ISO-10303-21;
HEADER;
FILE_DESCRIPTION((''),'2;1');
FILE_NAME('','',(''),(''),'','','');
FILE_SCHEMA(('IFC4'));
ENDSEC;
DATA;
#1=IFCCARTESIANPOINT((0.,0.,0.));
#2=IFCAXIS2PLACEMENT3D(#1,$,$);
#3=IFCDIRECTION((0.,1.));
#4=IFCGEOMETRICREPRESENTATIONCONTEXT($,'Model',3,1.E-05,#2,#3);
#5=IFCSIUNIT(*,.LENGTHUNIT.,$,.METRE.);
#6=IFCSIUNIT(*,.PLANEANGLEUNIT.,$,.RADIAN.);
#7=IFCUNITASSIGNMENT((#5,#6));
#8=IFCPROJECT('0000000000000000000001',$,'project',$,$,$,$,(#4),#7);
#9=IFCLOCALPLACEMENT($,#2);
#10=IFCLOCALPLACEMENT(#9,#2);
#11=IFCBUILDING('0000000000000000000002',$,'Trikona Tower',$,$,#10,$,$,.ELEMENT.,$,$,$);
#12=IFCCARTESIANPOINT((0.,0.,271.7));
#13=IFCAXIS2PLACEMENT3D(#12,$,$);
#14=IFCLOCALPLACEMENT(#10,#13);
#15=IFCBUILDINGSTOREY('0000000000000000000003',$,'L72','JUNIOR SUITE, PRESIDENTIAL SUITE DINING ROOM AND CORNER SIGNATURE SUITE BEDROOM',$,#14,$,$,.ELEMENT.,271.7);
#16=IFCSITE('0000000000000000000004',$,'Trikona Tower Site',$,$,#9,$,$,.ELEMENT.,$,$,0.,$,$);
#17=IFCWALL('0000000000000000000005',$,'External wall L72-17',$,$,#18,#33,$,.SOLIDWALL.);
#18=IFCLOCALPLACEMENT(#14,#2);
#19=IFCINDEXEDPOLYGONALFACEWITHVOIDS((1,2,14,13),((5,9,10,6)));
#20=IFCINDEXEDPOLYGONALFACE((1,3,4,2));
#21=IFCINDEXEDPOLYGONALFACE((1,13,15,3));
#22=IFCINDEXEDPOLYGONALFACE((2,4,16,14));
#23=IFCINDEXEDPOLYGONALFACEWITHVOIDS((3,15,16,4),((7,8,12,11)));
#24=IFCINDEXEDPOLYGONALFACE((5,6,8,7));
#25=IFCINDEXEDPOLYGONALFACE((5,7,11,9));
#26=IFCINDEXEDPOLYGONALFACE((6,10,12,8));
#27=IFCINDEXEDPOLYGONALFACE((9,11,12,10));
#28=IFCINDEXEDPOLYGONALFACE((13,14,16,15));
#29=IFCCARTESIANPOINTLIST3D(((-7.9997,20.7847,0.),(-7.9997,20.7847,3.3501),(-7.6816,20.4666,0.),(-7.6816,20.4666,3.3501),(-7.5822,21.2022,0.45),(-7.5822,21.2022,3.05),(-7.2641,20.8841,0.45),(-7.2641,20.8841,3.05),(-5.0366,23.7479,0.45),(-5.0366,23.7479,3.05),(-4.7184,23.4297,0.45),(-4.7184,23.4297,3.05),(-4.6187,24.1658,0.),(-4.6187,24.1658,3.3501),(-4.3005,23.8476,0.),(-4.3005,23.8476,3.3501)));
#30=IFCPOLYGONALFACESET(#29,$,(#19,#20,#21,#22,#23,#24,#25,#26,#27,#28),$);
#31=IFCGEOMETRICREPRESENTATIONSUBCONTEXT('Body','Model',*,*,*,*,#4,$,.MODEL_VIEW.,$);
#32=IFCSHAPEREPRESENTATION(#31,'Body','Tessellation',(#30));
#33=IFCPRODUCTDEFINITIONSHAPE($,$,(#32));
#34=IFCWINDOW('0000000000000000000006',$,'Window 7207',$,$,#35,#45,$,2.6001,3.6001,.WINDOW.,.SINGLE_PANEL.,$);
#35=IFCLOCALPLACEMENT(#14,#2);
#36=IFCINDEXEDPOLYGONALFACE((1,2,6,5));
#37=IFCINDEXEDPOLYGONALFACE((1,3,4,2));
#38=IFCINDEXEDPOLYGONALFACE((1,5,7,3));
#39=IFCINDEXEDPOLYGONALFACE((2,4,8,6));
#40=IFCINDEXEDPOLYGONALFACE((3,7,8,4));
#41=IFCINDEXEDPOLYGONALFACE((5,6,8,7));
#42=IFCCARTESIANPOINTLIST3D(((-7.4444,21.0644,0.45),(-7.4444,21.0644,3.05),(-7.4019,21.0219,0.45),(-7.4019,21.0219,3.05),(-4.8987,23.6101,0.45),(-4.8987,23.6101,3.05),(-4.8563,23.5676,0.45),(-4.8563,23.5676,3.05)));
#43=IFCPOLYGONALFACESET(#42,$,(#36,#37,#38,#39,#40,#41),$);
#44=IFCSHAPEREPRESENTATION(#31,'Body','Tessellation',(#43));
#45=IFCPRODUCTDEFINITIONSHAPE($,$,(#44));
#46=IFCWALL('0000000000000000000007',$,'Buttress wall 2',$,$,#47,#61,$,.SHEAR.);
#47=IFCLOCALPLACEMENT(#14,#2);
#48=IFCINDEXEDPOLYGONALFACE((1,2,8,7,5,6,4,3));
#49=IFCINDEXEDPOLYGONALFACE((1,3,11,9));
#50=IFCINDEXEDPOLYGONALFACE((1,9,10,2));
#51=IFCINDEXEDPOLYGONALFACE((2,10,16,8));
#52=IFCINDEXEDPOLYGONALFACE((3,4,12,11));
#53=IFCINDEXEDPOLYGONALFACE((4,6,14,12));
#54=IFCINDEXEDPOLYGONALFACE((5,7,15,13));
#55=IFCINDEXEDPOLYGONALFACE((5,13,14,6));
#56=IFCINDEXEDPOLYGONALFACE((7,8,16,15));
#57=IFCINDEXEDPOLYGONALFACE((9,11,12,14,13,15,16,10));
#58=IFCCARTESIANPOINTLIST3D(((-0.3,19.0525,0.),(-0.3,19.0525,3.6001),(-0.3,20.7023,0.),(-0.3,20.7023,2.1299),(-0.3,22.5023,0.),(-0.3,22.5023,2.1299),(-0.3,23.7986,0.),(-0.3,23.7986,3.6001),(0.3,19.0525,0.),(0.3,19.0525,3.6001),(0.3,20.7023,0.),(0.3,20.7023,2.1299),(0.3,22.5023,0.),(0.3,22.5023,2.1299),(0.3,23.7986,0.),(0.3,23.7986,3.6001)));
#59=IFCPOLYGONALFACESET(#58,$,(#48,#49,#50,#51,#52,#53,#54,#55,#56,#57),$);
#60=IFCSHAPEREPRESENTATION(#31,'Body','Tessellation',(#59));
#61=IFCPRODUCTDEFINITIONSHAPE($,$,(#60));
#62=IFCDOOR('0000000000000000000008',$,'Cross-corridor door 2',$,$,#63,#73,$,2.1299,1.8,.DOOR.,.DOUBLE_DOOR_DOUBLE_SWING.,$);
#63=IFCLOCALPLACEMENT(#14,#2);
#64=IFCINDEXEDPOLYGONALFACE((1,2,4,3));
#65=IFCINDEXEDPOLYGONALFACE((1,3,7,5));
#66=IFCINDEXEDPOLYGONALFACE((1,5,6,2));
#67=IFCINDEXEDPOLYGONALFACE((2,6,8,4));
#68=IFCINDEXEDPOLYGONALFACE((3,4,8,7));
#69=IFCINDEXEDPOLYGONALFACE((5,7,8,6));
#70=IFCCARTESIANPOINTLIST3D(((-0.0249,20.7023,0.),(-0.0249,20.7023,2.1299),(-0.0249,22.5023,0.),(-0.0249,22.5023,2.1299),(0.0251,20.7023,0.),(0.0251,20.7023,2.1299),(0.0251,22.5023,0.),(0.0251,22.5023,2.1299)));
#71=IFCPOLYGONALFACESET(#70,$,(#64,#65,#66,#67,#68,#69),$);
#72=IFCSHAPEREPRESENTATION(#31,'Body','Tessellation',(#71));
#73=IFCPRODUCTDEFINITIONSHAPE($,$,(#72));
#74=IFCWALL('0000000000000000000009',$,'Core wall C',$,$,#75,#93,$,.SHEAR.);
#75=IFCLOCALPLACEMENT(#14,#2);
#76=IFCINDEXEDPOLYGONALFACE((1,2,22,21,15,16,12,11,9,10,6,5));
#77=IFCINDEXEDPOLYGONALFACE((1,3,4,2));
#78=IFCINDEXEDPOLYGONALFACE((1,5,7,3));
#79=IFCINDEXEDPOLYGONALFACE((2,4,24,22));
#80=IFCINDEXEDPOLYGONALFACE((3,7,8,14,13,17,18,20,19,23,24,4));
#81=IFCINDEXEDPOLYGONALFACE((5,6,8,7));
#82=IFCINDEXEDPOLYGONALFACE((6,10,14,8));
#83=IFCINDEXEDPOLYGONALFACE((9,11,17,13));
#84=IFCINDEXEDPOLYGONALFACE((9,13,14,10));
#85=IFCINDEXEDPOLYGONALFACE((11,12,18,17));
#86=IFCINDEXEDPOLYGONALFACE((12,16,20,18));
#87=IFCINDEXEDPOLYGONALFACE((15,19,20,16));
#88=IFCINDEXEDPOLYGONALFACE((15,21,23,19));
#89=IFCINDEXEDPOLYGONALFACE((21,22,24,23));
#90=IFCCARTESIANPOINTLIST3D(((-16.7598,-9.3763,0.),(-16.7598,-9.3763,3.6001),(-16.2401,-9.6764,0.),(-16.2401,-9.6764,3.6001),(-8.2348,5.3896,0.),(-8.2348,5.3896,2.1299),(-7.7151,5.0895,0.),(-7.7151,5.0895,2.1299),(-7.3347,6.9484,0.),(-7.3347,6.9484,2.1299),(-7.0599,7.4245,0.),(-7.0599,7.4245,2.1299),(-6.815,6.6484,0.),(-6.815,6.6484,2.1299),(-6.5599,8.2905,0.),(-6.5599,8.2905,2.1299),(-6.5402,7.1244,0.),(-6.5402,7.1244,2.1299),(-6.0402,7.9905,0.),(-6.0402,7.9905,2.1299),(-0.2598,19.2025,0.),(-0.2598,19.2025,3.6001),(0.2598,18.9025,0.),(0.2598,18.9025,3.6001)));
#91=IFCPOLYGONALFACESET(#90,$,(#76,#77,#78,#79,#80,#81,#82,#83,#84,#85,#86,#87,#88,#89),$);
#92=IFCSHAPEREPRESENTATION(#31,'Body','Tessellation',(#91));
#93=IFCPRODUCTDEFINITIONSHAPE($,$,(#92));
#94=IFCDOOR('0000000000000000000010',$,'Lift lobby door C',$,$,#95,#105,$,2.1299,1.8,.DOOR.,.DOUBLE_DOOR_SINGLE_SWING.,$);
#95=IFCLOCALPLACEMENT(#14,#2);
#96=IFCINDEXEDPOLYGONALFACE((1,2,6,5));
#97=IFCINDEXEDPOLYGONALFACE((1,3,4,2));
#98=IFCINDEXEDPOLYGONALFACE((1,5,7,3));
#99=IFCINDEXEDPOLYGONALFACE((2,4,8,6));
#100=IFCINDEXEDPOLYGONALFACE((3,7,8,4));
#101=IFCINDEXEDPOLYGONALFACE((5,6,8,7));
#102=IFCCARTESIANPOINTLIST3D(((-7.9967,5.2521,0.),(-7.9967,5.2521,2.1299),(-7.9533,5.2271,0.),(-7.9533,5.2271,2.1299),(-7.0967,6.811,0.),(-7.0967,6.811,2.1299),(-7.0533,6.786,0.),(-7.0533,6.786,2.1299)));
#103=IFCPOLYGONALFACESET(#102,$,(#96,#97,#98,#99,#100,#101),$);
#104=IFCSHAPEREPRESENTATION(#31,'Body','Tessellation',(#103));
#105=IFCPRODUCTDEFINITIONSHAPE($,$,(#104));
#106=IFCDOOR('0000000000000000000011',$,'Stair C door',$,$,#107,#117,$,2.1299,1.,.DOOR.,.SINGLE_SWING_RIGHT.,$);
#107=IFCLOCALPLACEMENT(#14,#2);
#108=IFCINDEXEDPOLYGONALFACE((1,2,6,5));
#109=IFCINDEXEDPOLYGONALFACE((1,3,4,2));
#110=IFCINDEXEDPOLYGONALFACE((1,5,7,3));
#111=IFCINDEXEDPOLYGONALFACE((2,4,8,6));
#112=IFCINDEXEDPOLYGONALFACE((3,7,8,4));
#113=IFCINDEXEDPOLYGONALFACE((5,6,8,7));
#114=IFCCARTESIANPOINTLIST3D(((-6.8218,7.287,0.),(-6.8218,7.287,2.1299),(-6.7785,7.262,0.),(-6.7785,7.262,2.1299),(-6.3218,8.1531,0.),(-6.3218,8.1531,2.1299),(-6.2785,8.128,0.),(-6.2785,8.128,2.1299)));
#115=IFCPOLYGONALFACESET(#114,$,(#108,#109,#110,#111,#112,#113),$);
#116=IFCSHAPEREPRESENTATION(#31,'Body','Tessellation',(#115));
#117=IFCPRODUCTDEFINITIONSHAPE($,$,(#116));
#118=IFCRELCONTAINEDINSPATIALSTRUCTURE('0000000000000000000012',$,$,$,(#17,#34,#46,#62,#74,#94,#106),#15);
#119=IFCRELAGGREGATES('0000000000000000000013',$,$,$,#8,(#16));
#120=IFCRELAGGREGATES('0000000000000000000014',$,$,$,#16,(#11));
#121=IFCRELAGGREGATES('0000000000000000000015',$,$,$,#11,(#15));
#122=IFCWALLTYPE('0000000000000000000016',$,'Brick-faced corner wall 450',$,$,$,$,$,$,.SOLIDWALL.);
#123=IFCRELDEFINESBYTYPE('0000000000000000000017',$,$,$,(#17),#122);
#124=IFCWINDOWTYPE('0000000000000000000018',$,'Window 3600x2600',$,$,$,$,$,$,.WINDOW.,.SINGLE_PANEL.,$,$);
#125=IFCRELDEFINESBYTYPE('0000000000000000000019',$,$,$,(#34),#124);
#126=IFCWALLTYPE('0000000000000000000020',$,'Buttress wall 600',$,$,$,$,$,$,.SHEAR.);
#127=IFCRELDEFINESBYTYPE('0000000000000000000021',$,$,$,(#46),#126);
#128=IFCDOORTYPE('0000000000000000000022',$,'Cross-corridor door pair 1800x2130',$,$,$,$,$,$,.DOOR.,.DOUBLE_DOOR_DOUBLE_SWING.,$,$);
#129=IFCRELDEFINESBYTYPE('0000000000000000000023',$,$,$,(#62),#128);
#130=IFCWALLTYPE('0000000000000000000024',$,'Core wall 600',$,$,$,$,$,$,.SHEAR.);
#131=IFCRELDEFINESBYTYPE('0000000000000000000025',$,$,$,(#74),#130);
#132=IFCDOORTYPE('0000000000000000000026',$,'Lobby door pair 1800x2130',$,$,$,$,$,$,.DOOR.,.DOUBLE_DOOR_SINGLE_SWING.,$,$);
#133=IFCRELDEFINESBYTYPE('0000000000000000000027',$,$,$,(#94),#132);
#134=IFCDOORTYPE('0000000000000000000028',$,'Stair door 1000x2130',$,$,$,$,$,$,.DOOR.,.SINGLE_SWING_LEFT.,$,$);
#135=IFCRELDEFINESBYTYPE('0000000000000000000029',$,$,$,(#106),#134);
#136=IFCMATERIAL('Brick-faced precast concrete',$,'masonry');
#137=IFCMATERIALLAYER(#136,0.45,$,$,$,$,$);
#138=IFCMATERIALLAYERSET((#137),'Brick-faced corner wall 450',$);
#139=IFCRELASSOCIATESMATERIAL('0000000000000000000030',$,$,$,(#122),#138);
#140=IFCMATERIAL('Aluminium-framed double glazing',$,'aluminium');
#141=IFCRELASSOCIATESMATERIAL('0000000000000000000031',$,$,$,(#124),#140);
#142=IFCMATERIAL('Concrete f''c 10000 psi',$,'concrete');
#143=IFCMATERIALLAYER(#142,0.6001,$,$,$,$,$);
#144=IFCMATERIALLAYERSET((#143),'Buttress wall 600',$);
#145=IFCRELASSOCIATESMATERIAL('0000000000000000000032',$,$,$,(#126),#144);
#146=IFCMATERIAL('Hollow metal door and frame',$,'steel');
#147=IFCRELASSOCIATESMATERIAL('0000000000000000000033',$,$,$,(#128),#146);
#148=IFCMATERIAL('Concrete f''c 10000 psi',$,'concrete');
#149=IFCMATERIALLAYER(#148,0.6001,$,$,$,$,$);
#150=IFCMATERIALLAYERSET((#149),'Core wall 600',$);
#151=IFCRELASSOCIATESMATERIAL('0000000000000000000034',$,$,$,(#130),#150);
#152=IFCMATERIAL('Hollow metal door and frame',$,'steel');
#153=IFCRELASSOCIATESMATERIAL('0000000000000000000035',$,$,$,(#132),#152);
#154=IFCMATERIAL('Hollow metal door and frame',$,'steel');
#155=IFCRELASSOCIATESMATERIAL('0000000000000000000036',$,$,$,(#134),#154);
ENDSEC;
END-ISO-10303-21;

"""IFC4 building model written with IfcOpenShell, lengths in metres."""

from ifc_helpers import new_model, si_unit, direction, frame, frame_2d, origin, place, context, subcontext, project, spatial, rectangle, extrude, material, layer, layer_set, type_object, element, fill, save


model = new_model("IFC4")

# Units and contexts
model_context = context("Model", 3, precision=1e-05, world=origin(), true_north=direction((0.0, 1.0)))
body_context = subcontext(model_context, "Body", "Model", "MODEL_VIEW")
ifc_project = project(units=[si_unit("LENGTHUNIT", "METRE"), si_unit("PLANEANGLEUNIT", "RADIAN")], contexts=[model_context])

# Site, building, storey
site_placement = place(None, origin())
site = spatial("IfcSite", under=ifc_project, at=site_placement, Name="Trikona Tower Site", CompositionType="ELEMENT", RefElevation=0.0)
building_placement = place(site_placement, origin())
building = spatial("IfcBuilding", under=site, at=building_placement, Name="Trikona Tower", CompositionType="ELEMENT")
storey_placement = place(building_placement, frame((0.0, 0.0, 271.7)))
storey = spatial("IfcBuildingStorey", under=building, at=storey_placement, Name="L72", Description="JUNIOR SUITE, PRESIDENTIAL SUITE DINING ROOM AND CORNER SIGNATURE SUITE BEDROOM", CompositionType="ELEMENT", Elevation=271.7)

# Wall, opening, window
ifc_material_1 = material(Name="Brick-faced precast concrete", Category="masonry")
ifc_layer_1 = layer(ifc_material_1, 0.45)
ifc_layer_set_1 = layer_set([ifc_layer_1], Name="Brick-faced corner wall 450")
wall_type_1 = type_object("IfcWallType", Name="Brick-faced corner wall 450", PredefinedType="SOLIDWALL", material=ifc_layer_set_1)
wall_1_placement = place(storey_placement, frame((-4.4597, 24.0066, 0.0), z_axis=(0.0, 0.0, 1.0), x_axis=(-0.707107, -0.707107, 0.0)))
wall_1 = element("IfcWall", 1, at=wall_1_placement, inside=storey, type_object=wall_type_1, Name="External wall L72-17", PredefinedType="SOLIDWALL", context=body_context, shape_type="SweptSolid", body=[
    extrude(rectangle(XDim=4.7815, YDim=0.45, at=frame_2d((2.3906, 0.0))), origin(), (0.0, 0.0, 1.0), 3.3501),
])
opening_1_placement = place(wall_1_placement, frame((0.5908, 0.0, 0.45)))
opening_1 = element("IfcOpeningElement", 2, at=opening_1_placement, cuts=wall_1, PredefinedType="OPENING", context=body_context, shape_type="SweptSolid", body=[
    extrude(rectangle(XDim=3.6001, YDim=2.6001, at=frame_2d((1.8, 1.3))), frame((0.0, 0.2349, 0.0), z_axis=(0.0, -1.0, 0.0), x_axis=(1.0, 0.0, 0.0)), (0.0, 0.0, 1.0), 0.47),
])
ifc_material_2 = material(Name="Aluminium-framed double glazing", Category="aluminium")
window_type_1 = type_object("IfcWindowType", Name="Window 3600x2600", PartitioningType="SINGLE_PANEL", PredefinedType="WINDOW", material=ifc_material_2)
window_1_placement = place(opening_1_placement, origin())
window_1 = element("IfcWindow", 3, at=window_1_placement, inside=storey, type_object=window_type_1, Name="Window 7207", OverallHeight=2.6001, OverallWidth=3.6001, PartitioningType="SINGLE_PANEL", PredefinedType="WINDOW", context=body_context, shape_type="SweptSolid", body=[
    extrude(rectangle(XDim=3.6001, YDim=2.6001, at=frame_2d((1.8, 1.3))), frame((0.0, 0.03, 0.0), z_axis=(0.0, -1.0, 0.0), x_axis=(1.0, 0.0, 0.0)), (0.0, 0.0, 1.0), 0.0601),
])
fill(opening_1, window_1)

# Wall, opening, door
ifc_material_3 = material(Name="Concrete f'c 10000 psi", Category="concrete")
ifc_layer_2 = layer(ifc_material_3, 0.6001)
ifc_layer_set_2 = layer_set([ifc_layer_2], Name="Buttress wall 600")
wall_type_2 = type_object("IfcWallType", Name="Buttress wall 600", PredefinedType="SHEAR", material=ifc_layer_set_2)
wall_2_placement = place(storey_placement, frame((0.0, 19.0525, 0.0), z_axis=(0.0, 0.0, 1.0), x_axis=(0.0, 1.0, 0.0)))
wall_2 = element("IfcWall", 4, at=wall_2_placement, inside=storey, type_object=wall_type_2, Name="Buttress wall 2", PredefinedType="SHEAR", context=body_context, shape_type="SweptSolid", body=[
    extrude(rectangle(XDim=4.7461, YDim=0.6001, at=frame_2d((2.373, 0.0))), origin(), (0.0, 0.0, 1.0), 3.6001),
])
opening_2_placement = place(wall_2_placement, frame((1.6499, 0.0, 0.0)))
opening_2 = element("IfcOpeningElement", 5, at=opening_2_placement, cuts=wall_2, PredefinedType="OPENING", context=body_context, shape_type="SweptSolid", body=[
    extrude(rectangle(XDim=1.8, YDim=2.1299, at=frame_2d((0.8999, 1.0649))), frame((0.0, 0.3101, 0.0), z_axis=(0.0, -1.0, 0.0), x_axis=(1.0, 0.0, 0.0)), (0.0, 0.0, 1.0), 0.6201),
])
ifc_material_4 = material(Name="Hollow metal door and frame", Category="steel")
door_type_1 = type_object("IfcDoorType", Name="Cross-corridor door pair 1800x2130", OperationType="DOUBLE_DOOR_DOUBLE_SWING", PredefinedType="DOOR", material=ifc_material_4)
door_1_placement = place(opening_2_placement, origin())
door_1 = element("IfcDoor", 6, at=door_1_placement, inside=storey, type_object=door_type_1, Name="Cross-corridor door 2", OperationType="DOUBLE_DOOR_DOUBLE_SWING", OverallHeight=2.1299, OverallWidth=1.8, PredefinedType="DOOR", context=body_context, shape_type="SweptSolid", body=[
    extrude(rectangle(XDim=1.8, YDim=2.1299, at=frame_2d((0.8999, 1.0649))), frame((0.0, 0.0249, 0.0), z_axis=(0.0, -1.0, 0.0), x_axis=(1.0, 0.0, 0.0)), (0.0, 0.0, 1.0), 0.05),
])
fill(opening_2, door_1)

# Wall, openings, doors
ifc_material_5 = material(Name="Concrete f'c 10000 psi", Category="concrete")
ifc_layer_3 = layer(ifc_material_5, 0.6001)
ifc_layer_set_3 = layer_set([ifc_layer_3], Name="Core wall 600")
wall_type_3 = type_object("IfcWallType", Name="Core wall 600", PredefinedType="SHEAR", material=ifc_layer_set_3)
wall_3_placement = place(storey_placement, frame((0.0, 19.0525, 0.0), z_axis=(0.0, 0.0, 1.0), x_axis=(-0.5, -0.866026, 0.0)))
wall_3 = element("IfcWall", 7, at=wall_3_placement, inside=storey, type_object=wall_type_3, Name="Core wall C", PredefinedType="SHEAR", context=body_context, shape_type="SweptSolid", body=[
    extrude(rectangle(XDim=33.0, YDim=0.6001, at=frame_2d((16.5, 0.0))), origin(), (0.0, 0.0, 1.0), 3.6001),
])
opening_3_placement = place(wall_3_placement, frame((14.1499, 0.0, 0.0)))
opening_3 = element("IfcOpeningElement", 8, at=opening_3_placement, cuts=wall_3, PredefinedType="OPENING", context=body_context, shape_type="SweptSolid", body=[
    extrude(rectangle(XDim=1.8, YDim=2.1299, at=frame_2d((0.8999, 1.0649))), frame((0.0, 0.3101, 0.0), z_axis=(0.0, -1.0, 0.0), x_axis=(1.0, 0.0, 0.0)), (0.0, 0.0, 1.0), 0.6201),
])
opening_4_placement = place(wall_3_placement, frame((12.6001, 0.0, 0.0)))
opening_4 = element("IfcOpeningElement", 9, at=opening_4_placement, cuts=wall_3, PredefinedType="OPENING", context=body_context, shape_type="SweptSolid", body=[
    extrude(rectangle(XDim=1.0, YDim=2.1299, at=frame_2d((0.5, 1.0649))), frame((0.0, 0.3101, 0.0), z_axis=(0.0, -1.0, 0.0), x_axis=(1.0, 0.0, 0.0)), (0.0, 0.0, 1.0), 0.6201),
])
ifc_material_6 = material(Name="Hollow metal door and frame", Category="steel")
door_type_2 = type_object("IfcDoorType", Name="Lobby door pair 1800x2130", OperationType="DOUBLE_DOOR_SINGLE_SWING", PredefinedType="DOOR", material=ifc_material_6)
door_2_placement = place(opening_3_placement, origin())
door_2 = element("IfcDoor", 10, at=door_2_placement, inside=storey, type_object=door_type_2, Name="Lift lobby door C", OperationType="DOUBLE_DOOR_SINGLE_SWING", OverallHeight=2.1299, OverallWidth=1.8, PredefinedType="DOOR", context=body_context, shape_type="SweptSolid", body=[
    extrude(rectangle(XDim=1.8, YDim=2.1299, at=frame_2d((0.8999, 1.0649))), frame((0.0, 0.0249, 0.0), z_axis=(0.0, -1.0, 0.0), x_axis=(1.0, 0.0, 0.0)), (0.0, 0.0, 1.0), 0.05),
])
fill(opening_3, door_2)
ifc_material_7 = material(Name="Hollow metal door and frame", Category="steel")
door_type_3 = type_object("IfcDoorType", Name="Stair door 1000x2130", OperationType="SINGLE_SWING_LEFT", PredefinedType="DOOR", material=ifc_material_7)
door_3_placement = place(opening_4_placement, origin())
door_3 = element("IfcDoor", 11, at=door_3_placement, inside=storey, type_object=door_type_3, Name="Stair C door", OperationType="SINGLE_SWING_RIGHT", OverallHeight=2.1299, OverallWidth=1.0, PredefinedType="DOOR", context=body_context, shape_type="SweptSolid", body=[
    extrude(rectangle(XDim=1.0, YDim=2.1299, at=frame_2d((0.5, 1.0649))), frame((0.0, 0.0249, 0.0), z_axis=(0.0, -1.0, 0.0), x_axis=(1.0, 0.0, 0.0)), (0.0, 0.0, 1.0), 0.05),
])
fill(opening_4, door_3)

save(model, "model.ifc")
